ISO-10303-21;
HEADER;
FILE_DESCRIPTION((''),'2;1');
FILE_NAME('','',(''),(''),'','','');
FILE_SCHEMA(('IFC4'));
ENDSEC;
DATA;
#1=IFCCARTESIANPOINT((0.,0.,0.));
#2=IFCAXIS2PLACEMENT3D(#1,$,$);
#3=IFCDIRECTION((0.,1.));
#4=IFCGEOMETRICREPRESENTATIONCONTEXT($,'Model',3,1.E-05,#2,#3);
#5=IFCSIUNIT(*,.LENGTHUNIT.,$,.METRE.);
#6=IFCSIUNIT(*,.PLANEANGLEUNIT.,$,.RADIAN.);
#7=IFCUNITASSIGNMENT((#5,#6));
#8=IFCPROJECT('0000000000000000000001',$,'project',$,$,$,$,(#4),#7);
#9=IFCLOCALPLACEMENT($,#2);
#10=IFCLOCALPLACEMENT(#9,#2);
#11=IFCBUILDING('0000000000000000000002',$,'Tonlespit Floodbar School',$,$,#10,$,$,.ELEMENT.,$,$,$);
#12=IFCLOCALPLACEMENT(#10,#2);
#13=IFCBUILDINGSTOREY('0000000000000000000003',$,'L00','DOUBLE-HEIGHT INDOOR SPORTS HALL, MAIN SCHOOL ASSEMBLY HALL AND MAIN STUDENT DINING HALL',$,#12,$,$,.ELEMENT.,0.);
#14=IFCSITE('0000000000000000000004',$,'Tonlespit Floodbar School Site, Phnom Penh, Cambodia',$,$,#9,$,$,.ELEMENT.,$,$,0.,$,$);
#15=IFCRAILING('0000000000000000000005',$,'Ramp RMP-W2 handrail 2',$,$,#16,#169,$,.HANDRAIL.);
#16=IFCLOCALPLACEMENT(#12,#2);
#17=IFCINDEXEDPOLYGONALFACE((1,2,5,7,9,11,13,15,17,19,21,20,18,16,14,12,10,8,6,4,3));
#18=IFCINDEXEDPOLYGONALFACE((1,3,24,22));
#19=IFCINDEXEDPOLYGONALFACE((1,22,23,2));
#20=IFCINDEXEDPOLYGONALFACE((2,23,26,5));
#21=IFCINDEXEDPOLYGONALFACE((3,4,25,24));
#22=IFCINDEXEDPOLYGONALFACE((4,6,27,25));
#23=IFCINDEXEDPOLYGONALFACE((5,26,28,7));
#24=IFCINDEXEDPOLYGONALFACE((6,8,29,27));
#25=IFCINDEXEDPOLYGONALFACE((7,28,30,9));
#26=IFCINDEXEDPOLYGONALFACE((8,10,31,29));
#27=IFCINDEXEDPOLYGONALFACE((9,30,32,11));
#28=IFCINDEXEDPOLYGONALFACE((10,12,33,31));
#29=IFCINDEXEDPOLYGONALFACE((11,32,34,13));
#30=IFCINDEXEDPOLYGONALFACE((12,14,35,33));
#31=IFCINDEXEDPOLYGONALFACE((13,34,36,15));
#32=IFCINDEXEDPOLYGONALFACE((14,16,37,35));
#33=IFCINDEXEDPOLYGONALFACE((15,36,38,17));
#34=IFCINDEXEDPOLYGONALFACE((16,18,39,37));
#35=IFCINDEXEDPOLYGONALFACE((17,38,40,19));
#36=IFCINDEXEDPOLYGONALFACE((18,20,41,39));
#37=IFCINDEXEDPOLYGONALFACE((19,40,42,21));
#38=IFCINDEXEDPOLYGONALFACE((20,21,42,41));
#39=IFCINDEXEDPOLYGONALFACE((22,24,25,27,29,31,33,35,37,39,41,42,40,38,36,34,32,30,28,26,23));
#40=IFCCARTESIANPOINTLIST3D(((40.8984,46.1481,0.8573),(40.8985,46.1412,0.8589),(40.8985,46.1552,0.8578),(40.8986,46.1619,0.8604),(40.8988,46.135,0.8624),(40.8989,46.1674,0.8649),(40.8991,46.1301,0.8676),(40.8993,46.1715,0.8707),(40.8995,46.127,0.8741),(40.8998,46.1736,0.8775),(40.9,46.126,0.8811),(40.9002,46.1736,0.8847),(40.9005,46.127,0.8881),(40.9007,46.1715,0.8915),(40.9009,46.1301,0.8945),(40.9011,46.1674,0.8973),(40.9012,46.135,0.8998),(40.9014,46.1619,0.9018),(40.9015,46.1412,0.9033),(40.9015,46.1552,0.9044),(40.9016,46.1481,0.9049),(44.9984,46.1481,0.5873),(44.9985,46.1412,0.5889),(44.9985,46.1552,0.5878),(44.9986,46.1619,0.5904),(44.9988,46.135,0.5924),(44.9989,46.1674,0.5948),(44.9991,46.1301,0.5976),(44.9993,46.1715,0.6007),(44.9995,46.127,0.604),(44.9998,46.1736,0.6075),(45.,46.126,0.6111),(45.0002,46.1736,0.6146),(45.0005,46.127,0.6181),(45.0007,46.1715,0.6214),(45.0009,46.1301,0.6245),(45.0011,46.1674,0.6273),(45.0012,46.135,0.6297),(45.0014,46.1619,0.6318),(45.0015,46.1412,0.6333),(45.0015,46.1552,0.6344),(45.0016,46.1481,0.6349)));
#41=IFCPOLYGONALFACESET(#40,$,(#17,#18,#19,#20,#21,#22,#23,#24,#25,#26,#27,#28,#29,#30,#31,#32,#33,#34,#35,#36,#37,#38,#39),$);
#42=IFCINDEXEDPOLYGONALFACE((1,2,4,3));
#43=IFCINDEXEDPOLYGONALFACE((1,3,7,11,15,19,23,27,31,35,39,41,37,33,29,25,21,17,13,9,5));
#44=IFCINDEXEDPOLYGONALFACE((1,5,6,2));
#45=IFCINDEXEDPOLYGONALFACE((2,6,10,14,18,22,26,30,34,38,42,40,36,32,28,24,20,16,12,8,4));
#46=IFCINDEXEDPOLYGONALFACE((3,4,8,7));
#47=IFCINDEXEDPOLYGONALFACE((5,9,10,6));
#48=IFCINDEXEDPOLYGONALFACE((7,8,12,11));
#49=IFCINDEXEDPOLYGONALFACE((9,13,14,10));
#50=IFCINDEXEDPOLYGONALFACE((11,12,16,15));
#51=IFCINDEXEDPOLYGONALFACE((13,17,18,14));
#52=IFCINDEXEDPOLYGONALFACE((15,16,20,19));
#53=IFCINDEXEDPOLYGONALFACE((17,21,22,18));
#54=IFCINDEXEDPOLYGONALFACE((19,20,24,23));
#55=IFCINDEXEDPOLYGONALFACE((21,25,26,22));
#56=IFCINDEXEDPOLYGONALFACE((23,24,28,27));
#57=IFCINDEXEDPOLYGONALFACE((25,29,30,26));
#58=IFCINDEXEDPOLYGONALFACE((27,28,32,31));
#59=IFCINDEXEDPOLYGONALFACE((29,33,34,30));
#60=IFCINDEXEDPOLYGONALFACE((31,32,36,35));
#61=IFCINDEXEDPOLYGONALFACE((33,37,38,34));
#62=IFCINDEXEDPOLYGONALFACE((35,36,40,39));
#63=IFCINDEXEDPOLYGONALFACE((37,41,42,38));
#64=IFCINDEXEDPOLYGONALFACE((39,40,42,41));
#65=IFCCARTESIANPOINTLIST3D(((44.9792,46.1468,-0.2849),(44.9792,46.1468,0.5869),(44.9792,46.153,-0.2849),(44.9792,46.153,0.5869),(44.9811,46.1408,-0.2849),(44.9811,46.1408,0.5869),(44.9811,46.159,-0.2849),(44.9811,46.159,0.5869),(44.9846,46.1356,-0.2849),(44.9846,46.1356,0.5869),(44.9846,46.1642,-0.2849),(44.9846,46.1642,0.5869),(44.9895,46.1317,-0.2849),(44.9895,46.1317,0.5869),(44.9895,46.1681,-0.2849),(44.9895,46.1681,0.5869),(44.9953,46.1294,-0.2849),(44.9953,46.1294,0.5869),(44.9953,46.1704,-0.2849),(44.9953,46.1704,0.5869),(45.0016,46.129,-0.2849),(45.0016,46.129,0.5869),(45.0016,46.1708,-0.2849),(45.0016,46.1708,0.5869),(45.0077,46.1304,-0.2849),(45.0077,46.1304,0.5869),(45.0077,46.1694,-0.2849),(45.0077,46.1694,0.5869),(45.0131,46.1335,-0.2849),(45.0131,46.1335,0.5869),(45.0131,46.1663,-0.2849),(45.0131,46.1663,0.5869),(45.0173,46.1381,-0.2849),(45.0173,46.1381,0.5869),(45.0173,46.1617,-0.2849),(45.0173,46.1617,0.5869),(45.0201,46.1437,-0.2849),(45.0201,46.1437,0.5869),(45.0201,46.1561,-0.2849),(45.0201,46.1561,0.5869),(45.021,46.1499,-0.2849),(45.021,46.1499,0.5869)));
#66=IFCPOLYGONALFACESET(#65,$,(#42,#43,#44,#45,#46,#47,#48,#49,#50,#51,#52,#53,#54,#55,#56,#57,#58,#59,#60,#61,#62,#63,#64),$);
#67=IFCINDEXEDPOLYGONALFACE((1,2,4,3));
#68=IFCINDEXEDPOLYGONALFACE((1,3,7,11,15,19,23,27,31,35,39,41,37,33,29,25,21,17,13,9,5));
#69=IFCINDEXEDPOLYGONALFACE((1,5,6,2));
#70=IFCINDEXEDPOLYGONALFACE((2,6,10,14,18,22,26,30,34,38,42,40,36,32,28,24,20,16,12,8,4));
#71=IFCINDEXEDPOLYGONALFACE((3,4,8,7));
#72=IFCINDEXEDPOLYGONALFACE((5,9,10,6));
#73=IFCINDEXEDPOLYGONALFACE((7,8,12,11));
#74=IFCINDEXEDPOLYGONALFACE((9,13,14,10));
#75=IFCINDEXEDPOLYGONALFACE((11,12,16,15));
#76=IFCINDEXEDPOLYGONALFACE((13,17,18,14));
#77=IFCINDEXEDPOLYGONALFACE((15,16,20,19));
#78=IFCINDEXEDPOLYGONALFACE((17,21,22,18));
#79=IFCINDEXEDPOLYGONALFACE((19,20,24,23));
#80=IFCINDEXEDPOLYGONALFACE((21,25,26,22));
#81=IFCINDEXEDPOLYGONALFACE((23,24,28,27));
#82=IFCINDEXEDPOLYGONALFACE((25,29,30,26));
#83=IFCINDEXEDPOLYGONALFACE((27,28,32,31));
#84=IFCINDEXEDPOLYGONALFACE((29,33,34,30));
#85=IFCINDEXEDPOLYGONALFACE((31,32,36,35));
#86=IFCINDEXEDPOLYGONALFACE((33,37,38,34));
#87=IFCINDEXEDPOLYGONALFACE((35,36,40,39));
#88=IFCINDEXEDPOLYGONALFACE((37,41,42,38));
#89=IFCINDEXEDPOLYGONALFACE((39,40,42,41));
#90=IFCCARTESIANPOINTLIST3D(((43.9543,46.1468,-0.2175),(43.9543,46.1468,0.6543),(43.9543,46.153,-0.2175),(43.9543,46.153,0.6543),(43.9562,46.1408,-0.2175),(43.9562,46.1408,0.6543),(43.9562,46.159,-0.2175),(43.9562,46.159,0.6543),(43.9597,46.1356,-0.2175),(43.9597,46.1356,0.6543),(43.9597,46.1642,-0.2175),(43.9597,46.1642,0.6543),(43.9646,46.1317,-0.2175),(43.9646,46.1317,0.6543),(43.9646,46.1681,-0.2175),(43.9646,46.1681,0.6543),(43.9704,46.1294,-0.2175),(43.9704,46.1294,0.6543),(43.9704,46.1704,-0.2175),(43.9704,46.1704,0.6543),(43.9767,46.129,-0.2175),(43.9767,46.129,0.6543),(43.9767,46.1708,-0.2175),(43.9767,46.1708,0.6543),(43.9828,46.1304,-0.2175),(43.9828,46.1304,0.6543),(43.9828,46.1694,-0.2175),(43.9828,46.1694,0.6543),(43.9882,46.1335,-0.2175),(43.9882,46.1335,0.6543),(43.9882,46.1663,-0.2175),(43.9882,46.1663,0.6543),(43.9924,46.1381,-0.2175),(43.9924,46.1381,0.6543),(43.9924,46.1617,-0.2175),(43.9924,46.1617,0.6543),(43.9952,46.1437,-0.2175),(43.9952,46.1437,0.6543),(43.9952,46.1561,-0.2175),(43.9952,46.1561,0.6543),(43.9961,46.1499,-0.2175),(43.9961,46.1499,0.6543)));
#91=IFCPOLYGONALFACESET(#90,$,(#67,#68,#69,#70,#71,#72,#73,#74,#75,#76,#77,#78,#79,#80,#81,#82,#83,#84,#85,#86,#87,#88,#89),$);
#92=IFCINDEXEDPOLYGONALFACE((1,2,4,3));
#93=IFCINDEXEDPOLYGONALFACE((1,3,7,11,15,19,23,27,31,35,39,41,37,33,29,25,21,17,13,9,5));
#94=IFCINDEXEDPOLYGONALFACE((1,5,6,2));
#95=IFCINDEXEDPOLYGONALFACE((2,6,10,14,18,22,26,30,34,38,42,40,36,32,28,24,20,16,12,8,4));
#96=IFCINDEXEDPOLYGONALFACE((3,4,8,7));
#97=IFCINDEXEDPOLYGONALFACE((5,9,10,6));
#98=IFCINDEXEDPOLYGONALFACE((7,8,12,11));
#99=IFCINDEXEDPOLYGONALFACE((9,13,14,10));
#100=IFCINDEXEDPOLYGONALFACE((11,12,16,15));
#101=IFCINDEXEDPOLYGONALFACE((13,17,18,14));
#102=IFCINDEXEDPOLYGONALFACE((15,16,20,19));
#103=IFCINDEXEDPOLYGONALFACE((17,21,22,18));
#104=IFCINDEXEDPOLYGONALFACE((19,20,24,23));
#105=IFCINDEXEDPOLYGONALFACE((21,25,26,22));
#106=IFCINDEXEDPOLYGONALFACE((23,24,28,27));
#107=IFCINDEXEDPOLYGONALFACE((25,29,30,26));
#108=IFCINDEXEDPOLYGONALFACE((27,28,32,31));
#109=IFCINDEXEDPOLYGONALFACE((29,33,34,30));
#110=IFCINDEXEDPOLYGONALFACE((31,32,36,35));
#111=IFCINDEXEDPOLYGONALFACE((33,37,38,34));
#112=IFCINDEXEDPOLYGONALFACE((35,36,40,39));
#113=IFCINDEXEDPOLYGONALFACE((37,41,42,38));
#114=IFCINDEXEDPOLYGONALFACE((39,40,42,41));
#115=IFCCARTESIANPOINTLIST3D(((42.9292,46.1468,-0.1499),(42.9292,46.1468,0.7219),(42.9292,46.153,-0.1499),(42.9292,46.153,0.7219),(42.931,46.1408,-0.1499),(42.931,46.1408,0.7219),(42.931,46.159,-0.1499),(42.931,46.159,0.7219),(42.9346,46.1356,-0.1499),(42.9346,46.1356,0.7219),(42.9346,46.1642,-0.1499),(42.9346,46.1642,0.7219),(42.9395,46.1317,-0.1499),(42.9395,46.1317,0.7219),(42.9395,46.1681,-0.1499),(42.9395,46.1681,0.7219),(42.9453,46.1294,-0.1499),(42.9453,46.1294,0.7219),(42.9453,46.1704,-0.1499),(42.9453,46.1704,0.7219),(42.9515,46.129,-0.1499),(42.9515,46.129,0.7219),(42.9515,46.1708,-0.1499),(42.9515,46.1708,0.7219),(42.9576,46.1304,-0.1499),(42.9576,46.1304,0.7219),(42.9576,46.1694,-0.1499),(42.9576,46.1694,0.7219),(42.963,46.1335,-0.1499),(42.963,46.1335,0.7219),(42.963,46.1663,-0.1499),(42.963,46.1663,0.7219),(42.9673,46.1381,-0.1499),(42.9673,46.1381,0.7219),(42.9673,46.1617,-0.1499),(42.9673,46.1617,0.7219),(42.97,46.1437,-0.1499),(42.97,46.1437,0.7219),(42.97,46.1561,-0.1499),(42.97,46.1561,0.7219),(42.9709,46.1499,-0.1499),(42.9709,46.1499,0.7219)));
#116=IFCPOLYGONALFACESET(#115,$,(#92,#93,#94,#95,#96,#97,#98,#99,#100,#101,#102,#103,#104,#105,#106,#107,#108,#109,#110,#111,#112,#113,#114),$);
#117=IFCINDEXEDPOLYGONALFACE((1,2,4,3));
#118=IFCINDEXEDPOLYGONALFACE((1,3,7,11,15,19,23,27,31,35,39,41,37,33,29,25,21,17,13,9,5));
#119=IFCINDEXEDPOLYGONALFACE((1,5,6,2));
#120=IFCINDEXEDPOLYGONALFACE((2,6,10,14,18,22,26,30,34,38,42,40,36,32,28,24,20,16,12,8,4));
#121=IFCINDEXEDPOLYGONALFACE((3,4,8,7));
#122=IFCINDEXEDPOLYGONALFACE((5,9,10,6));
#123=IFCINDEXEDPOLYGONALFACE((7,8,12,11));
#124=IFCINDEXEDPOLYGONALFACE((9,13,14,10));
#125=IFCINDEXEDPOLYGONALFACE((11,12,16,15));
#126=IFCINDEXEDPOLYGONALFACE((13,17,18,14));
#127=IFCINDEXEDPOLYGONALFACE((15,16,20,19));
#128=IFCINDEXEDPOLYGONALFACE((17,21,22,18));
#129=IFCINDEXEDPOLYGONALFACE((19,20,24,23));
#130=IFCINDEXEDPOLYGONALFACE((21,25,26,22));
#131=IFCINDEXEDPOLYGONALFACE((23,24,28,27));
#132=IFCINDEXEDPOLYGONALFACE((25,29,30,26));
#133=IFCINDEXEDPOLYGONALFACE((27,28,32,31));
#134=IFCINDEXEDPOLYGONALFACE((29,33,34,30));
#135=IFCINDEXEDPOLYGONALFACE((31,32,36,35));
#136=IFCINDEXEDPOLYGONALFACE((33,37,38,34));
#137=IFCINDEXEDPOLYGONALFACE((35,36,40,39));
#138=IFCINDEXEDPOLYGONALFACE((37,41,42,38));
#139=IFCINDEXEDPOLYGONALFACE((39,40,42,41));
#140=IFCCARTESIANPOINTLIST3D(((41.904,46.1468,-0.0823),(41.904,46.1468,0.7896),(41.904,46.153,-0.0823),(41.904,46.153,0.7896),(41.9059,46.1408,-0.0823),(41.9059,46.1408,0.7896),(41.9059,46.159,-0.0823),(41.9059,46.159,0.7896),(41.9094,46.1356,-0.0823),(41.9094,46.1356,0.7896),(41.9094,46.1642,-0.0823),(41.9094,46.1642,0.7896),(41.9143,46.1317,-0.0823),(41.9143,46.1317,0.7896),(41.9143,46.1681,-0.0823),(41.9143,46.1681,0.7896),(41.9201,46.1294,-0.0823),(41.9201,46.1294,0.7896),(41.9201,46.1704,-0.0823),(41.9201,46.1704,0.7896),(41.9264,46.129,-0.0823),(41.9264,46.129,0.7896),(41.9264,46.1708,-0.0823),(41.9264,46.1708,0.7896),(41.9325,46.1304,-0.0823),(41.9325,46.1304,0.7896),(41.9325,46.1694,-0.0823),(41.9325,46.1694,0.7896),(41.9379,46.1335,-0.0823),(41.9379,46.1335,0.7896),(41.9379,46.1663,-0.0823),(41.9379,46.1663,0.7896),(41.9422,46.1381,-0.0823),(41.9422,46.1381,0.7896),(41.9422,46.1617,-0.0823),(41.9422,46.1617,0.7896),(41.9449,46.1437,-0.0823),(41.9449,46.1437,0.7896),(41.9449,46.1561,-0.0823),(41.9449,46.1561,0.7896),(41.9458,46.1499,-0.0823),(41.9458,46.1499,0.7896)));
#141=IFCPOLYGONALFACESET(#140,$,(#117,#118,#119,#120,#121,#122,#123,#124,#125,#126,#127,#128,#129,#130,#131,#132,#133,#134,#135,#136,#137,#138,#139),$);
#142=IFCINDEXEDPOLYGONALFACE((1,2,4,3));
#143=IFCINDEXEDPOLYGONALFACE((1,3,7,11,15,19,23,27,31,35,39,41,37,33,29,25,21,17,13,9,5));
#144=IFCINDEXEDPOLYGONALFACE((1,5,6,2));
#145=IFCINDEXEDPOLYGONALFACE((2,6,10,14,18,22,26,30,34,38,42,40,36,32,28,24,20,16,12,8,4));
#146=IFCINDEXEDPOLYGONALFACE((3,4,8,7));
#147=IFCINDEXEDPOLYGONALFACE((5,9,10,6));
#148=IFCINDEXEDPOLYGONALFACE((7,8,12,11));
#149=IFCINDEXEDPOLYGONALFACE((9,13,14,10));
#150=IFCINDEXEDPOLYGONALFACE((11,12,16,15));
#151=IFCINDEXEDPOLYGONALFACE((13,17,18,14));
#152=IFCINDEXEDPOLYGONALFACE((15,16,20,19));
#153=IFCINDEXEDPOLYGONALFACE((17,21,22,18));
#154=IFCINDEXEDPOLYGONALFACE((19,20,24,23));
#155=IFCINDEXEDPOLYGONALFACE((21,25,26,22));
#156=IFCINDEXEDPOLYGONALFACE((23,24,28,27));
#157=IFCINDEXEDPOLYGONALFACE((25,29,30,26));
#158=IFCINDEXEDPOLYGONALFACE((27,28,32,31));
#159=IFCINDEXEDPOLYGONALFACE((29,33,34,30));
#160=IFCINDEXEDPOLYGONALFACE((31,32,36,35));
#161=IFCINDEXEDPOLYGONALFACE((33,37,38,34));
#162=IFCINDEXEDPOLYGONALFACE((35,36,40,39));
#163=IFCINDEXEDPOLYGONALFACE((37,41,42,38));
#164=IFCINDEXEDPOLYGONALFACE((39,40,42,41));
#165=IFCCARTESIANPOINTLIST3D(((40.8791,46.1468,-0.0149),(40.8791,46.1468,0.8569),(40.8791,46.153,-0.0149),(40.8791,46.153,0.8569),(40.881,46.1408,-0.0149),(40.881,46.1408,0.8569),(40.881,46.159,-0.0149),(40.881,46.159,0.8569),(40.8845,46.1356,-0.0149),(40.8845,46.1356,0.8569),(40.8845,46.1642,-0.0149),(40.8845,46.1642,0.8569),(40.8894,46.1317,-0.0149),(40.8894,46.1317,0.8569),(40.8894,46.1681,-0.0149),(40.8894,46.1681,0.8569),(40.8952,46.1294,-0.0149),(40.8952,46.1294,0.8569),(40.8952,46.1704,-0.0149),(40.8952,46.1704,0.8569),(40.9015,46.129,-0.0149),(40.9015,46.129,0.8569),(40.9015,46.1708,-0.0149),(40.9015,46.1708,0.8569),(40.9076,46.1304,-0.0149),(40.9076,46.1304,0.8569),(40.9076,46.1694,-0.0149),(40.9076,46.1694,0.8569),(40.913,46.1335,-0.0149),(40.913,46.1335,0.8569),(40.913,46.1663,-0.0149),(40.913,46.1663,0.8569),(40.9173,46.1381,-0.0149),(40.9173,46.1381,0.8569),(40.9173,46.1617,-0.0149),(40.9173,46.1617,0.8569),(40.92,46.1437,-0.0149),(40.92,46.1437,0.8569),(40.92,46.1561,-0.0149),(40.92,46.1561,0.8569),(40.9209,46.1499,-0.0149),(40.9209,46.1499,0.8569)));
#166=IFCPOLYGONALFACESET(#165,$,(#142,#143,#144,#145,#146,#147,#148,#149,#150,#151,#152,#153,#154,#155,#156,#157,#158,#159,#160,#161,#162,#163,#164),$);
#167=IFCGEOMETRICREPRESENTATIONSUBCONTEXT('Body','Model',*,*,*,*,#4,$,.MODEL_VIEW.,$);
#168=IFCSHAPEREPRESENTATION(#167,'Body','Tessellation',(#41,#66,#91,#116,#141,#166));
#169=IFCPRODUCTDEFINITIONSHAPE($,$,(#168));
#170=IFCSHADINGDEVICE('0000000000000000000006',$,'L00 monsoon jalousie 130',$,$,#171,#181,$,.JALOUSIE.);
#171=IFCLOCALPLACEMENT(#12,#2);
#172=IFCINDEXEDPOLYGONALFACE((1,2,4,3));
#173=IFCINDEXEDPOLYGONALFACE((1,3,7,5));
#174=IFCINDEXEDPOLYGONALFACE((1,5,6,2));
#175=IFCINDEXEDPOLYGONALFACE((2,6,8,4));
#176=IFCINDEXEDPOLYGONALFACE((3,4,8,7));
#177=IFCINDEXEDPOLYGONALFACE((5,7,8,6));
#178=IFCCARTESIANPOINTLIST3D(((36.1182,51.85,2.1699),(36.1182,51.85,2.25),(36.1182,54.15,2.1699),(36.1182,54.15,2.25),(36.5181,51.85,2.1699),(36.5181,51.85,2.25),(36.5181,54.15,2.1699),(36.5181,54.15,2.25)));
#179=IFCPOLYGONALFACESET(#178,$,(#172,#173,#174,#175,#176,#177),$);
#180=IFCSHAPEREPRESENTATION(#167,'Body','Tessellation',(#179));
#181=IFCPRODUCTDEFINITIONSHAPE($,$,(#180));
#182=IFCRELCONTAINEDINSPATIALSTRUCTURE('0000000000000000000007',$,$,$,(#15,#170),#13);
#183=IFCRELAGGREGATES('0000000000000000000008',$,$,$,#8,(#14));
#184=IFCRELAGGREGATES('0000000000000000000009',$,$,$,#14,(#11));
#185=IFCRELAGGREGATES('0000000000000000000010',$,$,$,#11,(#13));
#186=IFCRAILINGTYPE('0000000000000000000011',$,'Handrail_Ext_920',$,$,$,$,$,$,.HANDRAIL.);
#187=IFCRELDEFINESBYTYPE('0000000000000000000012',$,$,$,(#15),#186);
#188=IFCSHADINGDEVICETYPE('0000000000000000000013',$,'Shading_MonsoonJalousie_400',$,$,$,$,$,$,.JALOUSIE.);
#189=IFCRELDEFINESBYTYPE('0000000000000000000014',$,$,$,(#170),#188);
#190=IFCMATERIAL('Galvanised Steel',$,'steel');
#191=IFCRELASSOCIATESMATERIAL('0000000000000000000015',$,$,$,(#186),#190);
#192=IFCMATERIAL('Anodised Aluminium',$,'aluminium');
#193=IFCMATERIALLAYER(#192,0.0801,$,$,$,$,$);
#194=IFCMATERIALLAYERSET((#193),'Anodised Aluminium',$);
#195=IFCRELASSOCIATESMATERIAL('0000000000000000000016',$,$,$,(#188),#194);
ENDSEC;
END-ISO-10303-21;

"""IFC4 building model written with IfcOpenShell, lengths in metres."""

from ifc_helpers import new_model, si_unit, direction, frame, origin, origin_2d, place, context, subcontext, project, spatial, rectangle, circle, extrude, material, layer, layer_set, type_object, element, save


model = new_model("IFC4")

# Units and contexts
model_context = context("Model", 3, precision=1e-05, world=origin(), true_north=direction((0.0, 1.0)))
body_context = subcontext(model_context, "Body", "Model", "MODEL_VIEW")
ifc_project = project(units=[si_unit("LENGTHUNIT", "METRE"), si_unit("PLANEANGLEUNIT", "RADIAN")], contexts=[model_context])

# Site, building, storey
site_placement = place(None, origin())
site = spatial("IfcSite", under=ifc_project, at=site_placement, Name="Tonlespit Floodbar School Site, Phnom Penh, Cambodia", CompositionType="ELEMENT", RefElevation=0.0)
building_placement = place(site_placement, origin())
building = spatial("IfcBuilding", under=site, at=building_placement, Name="Tonlespit Floodbar School", CompositionType="ELEMENT")
storey_placement = place(building_placement, origin())
storey = spatial("IfcBuildingStorey", under=building, at=storey_placement, Name="L00", Description="DOUBLE-HEIGHT INDOOR SPORTS HALL, MAIN SCHOOL ASSEMBLY HALL AND MAIN STUDENT DINING HALL", CompositionType="ELEMENT", Elevation=0.0)

# Railing
ifc_material_1 = material(Name="Galvanised Steel", Category="steel")
railing_type = type_object("IfcRailingType", Name="Handrail_Ext_920", PredefinedType="HANDRAIL", material=ifc_material_1)
for number, where, name in (
    (1, (45.0, 46.1499, -0.2849), "Ramp RMP-W2 handrail 2"),
):
    element("IfcRailing", number, at=place(storey_placement, frame(where)), inside=storey, type_object=railing_type, Name=name, PredefinedType="HANDRAIL", context=body_context, shape_type="SweptSolid", body=[
        extrude(circle(Radius=0.0239, at=origin_2d()), frame((0.0, 0.0, 0.896), z_axis=(-0.997838, 0.0, 0.065715), x_axis=(0.0, -1.0, 0.0)), (0.0, 0.0, 1.0), 4.1089),
        extrude(circle(Radius=0.021, at=origin_2d()), origin(), (0.0, 0.0, 1.0), 0.8718),
        extrude(circle(Radius=0.021, at=origin_2d()), frame((-1.0249, 0.0, 0.0674)), (0.0, 0.0, 1.0), 0.8718),
        extrude(circle(Radius=0.021, at=origin_2d()), frame((-2.05, 0.0, 0.135)), (0.0, 0.0, 1.0), 0.8718),
        extrude(circle(Radius=0.021, at=origin_2d()), frame((-3.0752, 0.0, 0.2026)), (0.0, 0.0, 1.0), 0.8718),
        extrude(circle(Radius=0.021, at=origin_2d()), frame((-4.1001, 0.0, 0.27)), (0.0, 0.0, 1.0), 0.8718),
    ])

# Shading device
ifc_material_2 = material(Name="Anodised Aluminium", Category="aluminium")
ifc_layer_1 = layer(ifc_material_2, 0.0801)
ifc_layer_set_1 = layer_set([ifc_layer_1], Name="Anodised Aluminium")
shading_device_type = type_object("IfcShadingDeviceType", Name="Shading_MonsoonJalousie_400", PredefinedType="JALOUSIE", material=ifc_layer_set_1)
shading_device_placement = place(storey_placement, frame((36.3181, 53.0, 2.1699), z_axis=(0.0, 0.0, 1.0), x_axis=(0.0, -1.0, 0.0)))
element("IfcShadingDevice", 2, at=shading_device_placement, inside=storey, type_object=shading_device_type, Name="L00 monsoon jalousie 130", PredefinedType="JALOUSIE", context=body_context, shape_type="SweptSolid", body=[
    extrude(rectangle(XDim=2.3, YDim=0.3999, at=origin_2d()), origin(), (0.0, 0.0, 1.0), 0.0801),
])

save(model, "model.ifc")
